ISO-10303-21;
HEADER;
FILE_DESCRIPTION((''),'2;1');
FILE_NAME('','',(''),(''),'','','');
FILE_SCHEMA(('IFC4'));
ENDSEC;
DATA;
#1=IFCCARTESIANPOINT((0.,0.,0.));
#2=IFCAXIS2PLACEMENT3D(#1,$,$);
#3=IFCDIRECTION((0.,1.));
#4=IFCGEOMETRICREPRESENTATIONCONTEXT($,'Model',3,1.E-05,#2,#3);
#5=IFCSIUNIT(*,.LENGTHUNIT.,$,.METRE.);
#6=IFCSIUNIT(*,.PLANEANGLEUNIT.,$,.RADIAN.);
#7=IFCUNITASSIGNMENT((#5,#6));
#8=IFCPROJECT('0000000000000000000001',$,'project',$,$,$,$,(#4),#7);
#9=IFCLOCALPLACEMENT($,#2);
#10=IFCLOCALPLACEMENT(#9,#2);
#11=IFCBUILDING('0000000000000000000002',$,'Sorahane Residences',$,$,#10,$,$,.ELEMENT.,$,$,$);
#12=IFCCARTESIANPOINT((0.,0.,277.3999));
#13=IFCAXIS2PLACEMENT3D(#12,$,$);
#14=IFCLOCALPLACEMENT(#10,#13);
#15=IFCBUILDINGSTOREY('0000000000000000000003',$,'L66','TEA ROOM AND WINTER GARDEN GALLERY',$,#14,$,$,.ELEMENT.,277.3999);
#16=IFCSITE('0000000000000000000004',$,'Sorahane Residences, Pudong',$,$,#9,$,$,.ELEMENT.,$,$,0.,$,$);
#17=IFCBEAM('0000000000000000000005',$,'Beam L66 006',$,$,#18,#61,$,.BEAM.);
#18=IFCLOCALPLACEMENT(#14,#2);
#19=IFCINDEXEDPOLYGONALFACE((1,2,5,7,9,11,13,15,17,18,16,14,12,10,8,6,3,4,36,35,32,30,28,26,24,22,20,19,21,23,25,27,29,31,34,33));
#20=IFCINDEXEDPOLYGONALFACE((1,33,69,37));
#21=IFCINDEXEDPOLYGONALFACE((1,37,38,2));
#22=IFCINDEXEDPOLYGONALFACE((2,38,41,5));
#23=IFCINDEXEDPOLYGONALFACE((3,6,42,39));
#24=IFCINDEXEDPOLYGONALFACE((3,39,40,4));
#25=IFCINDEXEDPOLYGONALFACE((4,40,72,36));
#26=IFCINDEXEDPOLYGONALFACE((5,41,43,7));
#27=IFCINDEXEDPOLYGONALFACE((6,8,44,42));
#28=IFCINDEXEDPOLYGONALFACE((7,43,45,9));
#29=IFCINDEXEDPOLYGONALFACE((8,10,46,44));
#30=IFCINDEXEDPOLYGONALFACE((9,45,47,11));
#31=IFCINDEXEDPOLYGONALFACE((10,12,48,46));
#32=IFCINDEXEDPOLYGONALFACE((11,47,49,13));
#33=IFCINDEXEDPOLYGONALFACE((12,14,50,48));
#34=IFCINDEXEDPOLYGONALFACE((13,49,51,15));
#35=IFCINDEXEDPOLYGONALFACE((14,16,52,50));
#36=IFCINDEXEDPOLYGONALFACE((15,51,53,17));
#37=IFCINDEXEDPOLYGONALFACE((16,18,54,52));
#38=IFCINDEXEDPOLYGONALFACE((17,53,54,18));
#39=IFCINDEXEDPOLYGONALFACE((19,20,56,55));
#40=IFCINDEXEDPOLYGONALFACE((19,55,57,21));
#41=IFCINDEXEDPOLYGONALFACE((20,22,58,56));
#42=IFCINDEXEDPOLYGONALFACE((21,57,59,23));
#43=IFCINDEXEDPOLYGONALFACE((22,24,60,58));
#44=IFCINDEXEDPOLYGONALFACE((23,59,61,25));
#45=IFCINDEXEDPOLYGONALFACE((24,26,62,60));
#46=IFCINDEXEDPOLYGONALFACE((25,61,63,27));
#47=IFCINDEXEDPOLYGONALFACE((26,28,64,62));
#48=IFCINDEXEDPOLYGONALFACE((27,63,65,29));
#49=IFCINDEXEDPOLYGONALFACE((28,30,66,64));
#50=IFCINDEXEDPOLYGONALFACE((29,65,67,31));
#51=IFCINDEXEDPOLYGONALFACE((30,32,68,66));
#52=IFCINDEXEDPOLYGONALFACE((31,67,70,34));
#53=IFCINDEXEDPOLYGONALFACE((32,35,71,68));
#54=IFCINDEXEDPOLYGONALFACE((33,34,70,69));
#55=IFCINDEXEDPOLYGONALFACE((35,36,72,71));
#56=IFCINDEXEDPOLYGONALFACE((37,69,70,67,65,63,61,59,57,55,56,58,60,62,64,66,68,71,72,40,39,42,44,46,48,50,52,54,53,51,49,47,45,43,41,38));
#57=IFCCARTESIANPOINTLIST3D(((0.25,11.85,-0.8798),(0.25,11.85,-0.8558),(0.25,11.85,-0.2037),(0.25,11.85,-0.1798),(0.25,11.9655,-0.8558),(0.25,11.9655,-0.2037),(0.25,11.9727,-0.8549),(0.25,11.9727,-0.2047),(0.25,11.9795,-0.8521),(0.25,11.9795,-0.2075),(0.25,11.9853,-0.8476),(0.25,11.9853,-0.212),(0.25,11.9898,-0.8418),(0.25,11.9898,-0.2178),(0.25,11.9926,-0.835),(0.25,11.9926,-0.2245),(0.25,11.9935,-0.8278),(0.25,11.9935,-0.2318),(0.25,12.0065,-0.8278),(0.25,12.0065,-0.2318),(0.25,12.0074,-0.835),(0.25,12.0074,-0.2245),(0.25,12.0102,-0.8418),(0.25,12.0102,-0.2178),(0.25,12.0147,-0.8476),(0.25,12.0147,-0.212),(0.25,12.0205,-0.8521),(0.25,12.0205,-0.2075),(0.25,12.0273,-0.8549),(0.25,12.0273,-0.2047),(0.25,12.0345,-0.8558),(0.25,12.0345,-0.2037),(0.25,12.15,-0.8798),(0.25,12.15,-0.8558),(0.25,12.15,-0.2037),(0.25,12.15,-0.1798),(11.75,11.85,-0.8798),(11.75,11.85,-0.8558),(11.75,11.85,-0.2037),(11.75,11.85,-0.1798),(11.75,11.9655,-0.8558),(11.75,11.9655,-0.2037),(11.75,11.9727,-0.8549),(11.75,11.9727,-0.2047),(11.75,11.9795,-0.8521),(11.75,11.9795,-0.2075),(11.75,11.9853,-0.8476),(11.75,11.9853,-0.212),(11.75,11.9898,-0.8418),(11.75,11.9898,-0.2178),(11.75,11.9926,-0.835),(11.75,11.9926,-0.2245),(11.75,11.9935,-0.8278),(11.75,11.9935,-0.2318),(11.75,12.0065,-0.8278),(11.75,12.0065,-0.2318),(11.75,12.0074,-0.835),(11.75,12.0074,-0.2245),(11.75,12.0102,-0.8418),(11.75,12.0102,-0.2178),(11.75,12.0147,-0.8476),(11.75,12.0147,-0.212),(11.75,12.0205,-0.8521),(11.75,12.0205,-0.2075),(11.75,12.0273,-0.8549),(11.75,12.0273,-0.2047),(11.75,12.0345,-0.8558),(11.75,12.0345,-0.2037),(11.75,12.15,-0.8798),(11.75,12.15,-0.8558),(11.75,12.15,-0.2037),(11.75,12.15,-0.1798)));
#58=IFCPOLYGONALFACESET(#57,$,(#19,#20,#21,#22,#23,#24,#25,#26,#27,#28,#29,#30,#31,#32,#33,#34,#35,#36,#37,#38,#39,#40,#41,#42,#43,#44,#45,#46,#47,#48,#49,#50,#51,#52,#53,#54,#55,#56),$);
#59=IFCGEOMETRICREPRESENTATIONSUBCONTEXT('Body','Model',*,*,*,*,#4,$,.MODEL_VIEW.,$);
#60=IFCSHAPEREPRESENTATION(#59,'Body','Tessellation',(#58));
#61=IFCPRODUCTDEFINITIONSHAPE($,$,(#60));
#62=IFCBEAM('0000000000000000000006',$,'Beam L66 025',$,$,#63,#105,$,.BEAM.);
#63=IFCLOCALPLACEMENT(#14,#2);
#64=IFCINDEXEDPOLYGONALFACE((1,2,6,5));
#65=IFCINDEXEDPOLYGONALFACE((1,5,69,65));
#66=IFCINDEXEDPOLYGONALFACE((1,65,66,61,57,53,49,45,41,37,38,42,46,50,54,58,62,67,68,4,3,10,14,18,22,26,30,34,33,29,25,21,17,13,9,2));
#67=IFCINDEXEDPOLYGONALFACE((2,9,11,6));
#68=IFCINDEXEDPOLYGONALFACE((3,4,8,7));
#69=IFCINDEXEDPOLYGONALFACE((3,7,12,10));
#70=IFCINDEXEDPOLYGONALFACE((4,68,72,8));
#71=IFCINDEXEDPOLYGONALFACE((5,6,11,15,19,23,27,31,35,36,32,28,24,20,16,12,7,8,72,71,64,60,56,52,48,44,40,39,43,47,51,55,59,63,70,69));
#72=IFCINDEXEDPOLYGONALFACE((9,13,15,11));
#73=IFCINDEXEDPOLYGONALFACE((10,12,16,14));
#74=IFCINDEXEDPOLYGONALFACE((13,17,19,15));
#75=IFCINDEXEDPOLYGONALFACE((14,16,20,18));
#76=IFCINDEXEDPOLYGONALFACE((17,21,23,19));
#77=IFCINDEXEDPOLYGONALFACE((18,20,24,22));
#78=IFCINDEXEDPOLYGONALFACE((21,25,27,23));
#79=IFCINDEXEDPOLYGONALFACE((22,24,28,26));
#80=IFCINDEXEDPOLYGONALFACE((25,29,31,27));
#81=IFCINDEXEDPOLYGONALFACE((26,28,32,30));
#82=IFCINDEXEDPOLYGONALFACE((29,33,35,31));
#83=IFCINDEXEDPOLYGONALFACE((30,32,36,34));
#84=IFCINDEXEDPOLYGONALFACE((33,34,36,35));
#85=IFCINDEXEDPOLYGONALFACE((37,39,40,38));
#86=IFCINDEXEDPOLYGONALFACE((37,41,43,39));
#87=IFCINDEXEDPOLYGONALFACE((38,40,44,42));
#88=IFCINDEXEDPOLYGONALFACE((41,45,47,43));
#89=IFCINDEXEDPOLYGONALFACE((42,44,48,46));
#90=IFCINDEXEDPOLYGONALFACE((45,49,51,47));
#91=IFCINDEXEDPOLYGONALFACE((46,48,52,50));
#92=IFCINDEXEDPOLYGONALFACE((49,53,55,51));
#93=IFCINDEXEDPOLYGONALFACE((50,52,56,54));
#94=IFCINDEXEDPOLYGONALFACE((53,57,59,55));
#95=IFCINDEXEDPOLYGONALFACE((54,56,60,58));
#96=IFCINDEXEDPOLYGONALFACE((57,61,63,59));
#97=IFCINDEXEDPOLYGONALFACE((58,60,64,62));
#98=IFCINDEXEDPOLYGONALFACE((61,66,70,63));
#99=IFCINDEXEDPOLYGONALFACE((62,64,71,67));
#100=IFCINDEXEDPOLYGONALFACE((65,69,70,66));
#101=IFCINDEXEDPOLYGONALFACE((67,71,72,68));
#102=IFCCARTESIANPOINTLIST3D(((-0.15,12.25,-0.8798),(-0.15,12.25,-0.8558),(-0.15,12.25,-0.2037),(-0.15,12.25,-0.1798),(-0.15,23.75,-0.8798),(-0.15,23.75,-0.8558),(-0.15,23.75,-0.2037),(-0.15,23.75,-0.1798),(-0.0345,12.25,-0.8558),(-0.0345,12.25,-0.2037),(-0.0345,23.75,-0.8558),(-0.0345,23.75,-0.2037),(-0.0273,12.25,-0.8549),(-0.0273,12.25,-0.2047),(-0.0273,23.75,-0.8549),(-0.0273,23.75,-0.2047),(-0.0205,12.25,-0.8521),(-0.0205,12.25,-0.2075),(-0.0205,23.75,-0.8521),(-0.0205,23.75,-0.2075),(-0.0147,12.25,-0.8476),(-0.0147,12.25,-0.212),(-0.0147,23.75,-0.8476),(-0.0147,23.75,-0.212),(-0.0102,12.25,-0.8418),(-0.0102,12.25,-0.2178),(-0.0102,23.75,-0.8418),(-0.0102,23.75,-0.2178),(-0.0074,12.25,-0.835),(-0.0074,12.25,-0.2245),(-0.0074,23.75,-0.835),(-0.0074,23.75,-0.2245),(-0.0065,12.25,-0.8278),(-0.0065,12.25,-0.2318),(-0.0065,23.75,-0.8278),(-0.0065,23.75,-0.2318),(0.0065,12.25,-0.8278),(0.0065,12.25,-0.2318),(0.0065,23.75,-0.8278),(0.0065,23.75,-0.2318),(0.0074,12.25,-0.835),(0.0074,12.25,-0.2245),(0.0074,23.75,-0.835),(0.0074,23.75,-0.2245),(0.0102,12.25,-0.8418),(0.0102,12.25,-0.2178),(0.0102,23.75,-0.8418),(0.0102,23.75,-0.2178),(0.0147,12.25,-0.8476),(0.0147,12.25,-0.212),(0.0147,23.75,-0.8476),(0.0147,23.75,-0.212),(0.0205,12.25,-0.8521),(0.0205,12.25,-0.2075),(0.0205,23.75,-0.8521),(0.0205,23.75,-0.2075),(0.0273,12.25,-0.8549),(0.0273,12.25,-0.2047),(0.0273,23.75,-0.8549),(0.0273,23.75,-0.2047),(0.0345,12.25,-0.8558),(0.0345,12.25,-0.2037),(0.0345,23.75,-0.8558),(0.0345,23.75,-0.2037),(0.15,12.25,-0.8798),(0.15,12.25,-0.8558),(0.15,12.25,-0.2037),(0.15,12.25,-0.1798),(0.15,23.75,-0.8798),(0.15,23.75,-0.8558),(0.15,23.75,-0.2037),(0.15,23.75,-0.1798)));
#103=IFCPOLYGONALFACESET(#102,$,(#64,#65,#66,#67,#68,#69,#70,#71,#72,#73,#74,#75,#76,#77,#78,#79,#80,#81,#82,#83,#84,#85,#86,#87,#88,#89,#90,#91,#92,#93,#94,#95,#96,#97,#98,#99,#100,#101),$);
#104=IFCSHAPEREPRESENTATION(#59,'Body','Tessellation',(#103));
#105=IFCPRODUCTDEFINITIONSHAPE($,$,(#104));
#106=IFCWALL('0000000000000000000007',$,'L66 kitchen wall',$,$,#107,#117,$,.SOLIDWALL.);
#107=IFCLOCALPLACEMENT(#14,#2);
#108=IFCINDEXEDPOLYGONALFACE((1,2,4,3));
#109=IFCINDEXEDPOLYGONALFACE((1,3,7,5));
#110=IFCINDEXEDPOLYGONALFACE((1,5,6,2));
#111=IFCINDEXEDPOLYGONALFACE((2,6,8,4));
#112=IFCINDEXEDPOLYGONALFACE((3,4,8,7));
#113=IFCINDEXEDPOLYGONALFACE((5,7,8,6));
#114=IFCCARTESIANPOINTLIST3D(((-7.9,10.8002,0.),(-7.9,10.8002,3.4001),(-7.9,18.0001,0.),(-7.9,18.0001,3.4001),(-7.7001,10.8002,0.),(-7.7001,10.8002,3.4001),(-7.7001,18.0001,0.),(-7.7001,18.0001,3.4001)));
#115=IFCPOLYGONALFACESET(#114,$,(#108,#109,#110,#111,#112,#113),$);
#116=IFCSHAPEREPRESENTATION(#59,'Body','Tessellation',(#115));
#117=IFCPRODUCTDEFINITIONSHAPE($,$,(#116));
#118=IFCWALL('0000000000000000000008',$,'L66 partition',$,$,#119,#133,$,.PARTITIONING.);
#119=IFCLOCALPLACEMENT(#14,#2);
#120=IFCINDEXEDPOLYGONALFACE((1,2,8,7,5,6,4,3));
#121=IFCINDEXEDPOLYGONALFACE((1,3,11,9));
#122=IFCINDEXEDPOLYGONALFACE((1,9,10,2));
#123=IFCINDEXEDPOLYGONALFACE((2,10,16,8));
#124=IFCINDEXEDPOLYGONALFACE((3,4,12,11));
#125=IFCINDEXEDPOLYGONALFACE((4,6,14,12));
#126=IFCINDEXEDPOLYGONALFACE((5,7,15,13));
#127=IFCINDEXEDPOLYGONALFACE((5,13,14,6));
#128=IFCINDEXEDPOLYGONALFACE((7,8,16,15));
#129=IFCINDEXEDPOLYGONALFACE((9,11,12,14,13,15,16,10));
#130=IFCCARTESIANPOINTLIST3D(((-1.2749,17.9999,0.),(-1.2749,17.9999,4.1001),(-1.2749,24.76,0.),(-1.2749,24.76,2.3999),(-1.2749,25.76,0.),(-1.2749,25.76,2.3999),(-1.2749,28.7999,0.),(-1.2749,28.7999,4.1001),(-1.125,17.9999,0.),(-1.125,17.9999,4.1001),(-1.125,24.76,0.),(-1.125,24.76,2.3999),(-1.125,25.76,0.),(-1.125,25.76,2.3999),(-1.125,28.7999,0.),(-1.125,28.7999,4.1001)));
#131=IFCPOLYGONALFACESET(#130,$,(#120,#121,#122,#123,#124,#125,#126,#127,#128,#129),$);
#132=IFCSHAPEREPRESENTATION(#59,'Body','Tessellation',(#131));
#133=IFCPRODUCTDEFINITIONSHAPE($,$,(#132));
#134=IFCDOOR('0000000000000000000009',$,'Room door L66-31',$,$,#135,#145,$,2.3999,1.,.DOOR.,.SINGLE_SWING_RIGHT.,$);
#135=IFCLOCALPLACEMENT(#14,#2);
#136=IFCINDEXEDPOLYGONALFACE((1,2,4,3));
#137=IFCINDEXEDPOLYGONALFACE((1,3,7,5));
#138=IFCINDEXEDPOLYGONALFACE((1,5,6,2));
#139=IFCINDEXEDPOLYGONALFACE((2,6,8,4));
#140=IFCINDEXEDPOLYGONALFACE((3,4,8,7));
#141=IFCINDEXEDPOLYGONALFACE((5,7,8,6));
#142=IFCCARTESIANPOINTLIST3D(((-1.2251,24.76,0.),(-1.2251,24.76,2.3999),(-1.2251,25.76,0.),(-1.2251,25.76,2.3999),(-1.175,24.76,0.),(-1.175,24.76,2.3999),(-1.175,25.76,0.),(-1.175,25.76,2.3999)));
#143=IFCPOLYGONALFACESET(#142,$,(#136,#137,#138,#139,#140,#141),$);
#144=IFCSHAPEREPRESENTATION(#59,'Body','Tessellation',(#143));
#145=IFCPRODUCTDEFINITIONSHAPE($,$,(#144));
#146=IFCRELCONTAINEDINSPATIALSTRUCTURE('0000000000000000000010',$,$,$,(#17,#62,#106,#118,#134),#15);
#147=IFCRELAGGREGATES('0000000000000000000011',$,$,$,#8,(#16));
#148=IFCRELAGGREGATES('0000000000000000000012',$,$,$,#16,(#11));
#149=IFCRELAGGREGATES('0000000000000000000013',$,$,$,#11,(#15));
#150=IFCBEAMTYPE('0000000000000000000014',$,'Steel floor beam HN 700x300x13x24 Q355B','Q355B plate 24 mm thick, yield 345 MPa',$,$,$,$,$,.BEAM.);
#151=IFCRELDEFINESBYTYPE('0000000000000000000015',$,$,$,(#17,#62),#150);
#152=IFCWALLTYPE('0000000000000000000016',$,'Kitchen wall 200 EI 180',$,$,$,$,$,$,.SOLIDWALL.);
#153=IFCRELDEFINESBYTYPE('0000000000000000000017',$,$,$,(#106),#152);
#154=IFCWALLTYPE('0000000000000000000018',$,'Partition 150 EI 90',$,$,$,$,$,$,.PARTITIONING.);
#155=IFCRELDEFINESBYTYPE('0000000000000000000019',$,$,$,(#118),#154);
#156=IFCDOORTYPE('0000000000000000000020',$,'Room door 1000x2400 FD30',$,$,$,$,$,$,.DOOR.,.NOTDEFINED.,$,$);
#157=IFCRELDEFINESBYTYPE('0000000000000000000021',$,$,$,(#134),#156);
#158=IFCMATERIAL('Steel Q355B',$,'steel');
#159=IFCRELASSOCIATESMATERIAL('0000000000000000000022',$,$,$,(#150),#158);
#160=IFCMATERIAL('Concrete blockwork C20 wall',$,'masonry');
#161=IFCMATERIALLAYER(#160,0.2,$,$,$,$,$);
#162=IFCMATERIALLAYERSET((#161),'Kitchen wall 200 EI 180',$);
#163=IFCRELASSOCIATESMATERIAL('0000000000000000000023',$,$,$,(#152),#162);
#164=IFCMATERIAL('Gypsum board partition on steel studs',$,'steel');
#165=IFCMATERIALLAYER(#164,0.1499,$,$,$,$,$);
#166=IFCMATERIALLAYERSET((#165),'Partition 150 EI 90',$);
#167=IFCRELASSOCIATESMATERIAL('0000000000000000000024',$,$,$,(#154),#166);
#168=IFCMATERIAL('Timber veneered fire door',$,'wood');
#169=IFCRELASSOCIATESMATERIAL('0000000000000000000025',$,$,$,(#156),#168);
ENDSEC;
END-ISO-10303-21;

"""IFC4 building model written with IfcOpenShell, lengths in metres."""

from ifc_helpers import new_model, si_unit, direction, frame, frame_2d, origin, origin_2d, place, context, subcontext, project, spatial, rectangle, i_section, extrude, material, layer, layer_set, material_profile, profile_set, type_object, element, fill, save


model = new_model("IFC4")

# Units and contexts
model_context = context("Model", 3, precision=1e-05, world=origin(), true_north=direction((0.0, 1.0)))
body_context = subcontext(model_context, "Body", "Model", "MODEL_VIEW")
ifc_project = project(units=[si_unit("LENGTHUNIT", "METRE"), si_unit("PLANEANGLEUNIT", "RADIAN")], contexts=[model_context])

# Site, building, storey
site_placement = place(None, origin())
site = spatial("IfcSite", under=ifc_project, at=site_placement, Name="Sorahane Residences, Pudong", CompositionType="ELEMENT", RefElevation=0.0)
building_placement = place(site_placement, origin())
building = spatial("IfcBuilding", under=site, at=building_placement, Name="Sorahane Residences", CompositionType="ELEMENT")
storey_placement = place(building_placement, frame((0.0, 0.0, 277.3999)))
storey = spatial("IfcBuildingStorey", under=building, at=storey_placement, Name="L66", Description="TEA ROOM AND WINTER GARDEN GALLERY", CompositionType="ELEMENT", Elevation=277.3999)

# Beams
ifc_material_1 = material(Name="Steel Q355B", Category="steel")
ifc_material_profile_1 = material_profile(ifc_material_1, i_section(OverallWidth=0.3, OverallDepth=0.7, WebThickness=0.0129, FlangeThickness=0.0239, FilletRadius=0.0281, at=origin_2d()), Name="HN 700x300x13x24")
ifc_profile_set_1 = profile_set([ifc_material_profile_1], Name="Steel Q355B")
beam_type_1 = type_object("IfcBeamType", Name="Steel floor beam HN 700x300x13x24 Q355B", Description="Q355B plate 24 mm thick, yield 345 MPa", PredefinedType="BEAM", material=ifc_profile_set_1)
for number, where, z_axis, x_axis, name in (
    (1, (0.25, 12.0, -0.5298), (1.0, 0.0, 0.0), (0.0, 1.0, 0.0), "Beam L66 006"),
    (2, (0.0, 12.25, -0.5298), (0.0, 1.0, 0.0), (-1.0, 0.0, 0.0), "Beam L66 025"),
):
    element("IfcBeam", number, at=place(storey_placement, frame(where, z_axis=z_axis, x_axis=x_axis)), inside=storey, type_object=beam_type_1, Name=name, PredefinedType="BEAM", context=body_context, shape_type="SweptSolid", body=[
        extrude(i_section(OverallWidth=0.3, OverallDepth=0.7, WebThickness=0.0129, FlangeThickness=0.0239, FilletRadius=0.0281, at=origin_2d()), origin(), (0.0, 0.0, 1.0), 11.5),
    ])

# Wall
ifc_material_2 = material(Name="Concrete blockwork C20 wall", Category="masonry")
ifc_layer_1 = layer(ifc_material_2, 0.2)
ifc_layer_set_1 = layer_set([ifc_layer_1], Name="Kitchen wall 200 EI 180")
wall_type_1 = type_object("IfcWallType", Name="Kitchen wall 200 EI 180", PredefinedType="SOLIDWALL", material=ifc_layer_set_1)
wall_1_placement = place(storey_placement, frame((-7.8, 10.8, 0.0), z_axis=(0.0, 0.0, 1.0), x_axis=(0.0, 1.0, 0.0)))
element("IfcWall", 3, at=wall_1_placement, inside=storey, type_object=wall_type_1, Name="L66 kitchen wall", PredefinedType="SOLIDWALL", context=body_context, shape_type="SweptSolid", body=[
    extrude(rectangle(XDim=7.2, YDim=0.2, at=frame_2d((3.6001, 0.0))), origin(), (0.0, 0.0, 1.0), 3.4001),
])

# Wall, opening, door
ifc_material_3 = material(Name="Gypsum board partition on steel studs", Category="steel")
ifc_layer_2 = layer(ifc_material_3, 0.1499)
ifc_layer_set_2 = layer_set([ifc_layer_2], Name="Partition 150 EI 90")
wall_type_2 = type_object("IfcWallType", Name="Partition 150 EI 90", PredefinedType="PARTITIONING", material=ifc_layer_set_2)
wall_2_placement = place(storey_placement, frame((-1.2, 18.0, 0.0), z_axis=(0.0, 0.0, 1.0), x_axis=(0.0, 1.0, 0.0)))
wall_2 = element("IfcWall", 4, at=wall_2_placement, inside=storey, type_object=wall_type_2, Name="L66 partition", PredefinedType="PARTITIONING", context=body_context, shape_type="SweptSolid", body=[
    extrude(rectangle(XDim=10.8, YDim=0.1499, at=frame_2d((5.3999, 0.0))), origin(), (0.0, 0.0, 1.0), 4.1001),
])
opening_1_placement = place(wall_2_placement, frame((6.76, 0.0, 0.0)))
opening_1 = element("IfcOpeningElement", 5, at=opening_1_placement, cuts=wall_2, PredefinedType="OPENING", context=body_context, shape_type="SweptSolid", body=[
    extrude(rectangle(XDim=1.0, YDim=2.3999, at=frame_2d((0.5, 1.2))), frame((0.0, 0.085, 0.0), z_axis=(0.0, -1.0, 0.0), x_axis=(1.0, 0.0, 0.0)), (0.0, 0.0, 1.0), 0.1699),
])
ifc_material_4 = material(Name="Timber veneered fire door", Category="wood")
door_type = type_object("IfcDoorType", Name="Room door 1000x2400 FD30", OperationType="NOTDEFINED", PredefinedType="DOOR", material=ifc_material_4)
door_1_placement = place(opening_1_placement, frame((1.0, 0.0, 0.0), z_axis=(0.0, 0.0, 1.0), x_axis=(-1.0, 0.0, 0.0)))
door_1 = element("IfcDoor", 6, at=door_1_placement, inside=storey, type_object=door_type, Name="Room door L66-31", OperationType="SINGLE_SWING_RIGHT", OverallHeight=2.3999, OverallWidth=1.0, PredefinedType="DOOR", context=body_context, shape_type="SweptSolid", body=[
    extrude(rectangle(XDim=1.0, YDim=2.3999, at=frame_2d((0.5, 1.2))), frame((0.0, 0.0249, 0.0), z_axis=(0.0, -1.0, 0.0), x_axis=(1.0, 0.0, 0.0)), (0.0, 0.0, 1.0), 0.05),
])
fill(opening_1, door_1)

save(model, "model.ifc")
